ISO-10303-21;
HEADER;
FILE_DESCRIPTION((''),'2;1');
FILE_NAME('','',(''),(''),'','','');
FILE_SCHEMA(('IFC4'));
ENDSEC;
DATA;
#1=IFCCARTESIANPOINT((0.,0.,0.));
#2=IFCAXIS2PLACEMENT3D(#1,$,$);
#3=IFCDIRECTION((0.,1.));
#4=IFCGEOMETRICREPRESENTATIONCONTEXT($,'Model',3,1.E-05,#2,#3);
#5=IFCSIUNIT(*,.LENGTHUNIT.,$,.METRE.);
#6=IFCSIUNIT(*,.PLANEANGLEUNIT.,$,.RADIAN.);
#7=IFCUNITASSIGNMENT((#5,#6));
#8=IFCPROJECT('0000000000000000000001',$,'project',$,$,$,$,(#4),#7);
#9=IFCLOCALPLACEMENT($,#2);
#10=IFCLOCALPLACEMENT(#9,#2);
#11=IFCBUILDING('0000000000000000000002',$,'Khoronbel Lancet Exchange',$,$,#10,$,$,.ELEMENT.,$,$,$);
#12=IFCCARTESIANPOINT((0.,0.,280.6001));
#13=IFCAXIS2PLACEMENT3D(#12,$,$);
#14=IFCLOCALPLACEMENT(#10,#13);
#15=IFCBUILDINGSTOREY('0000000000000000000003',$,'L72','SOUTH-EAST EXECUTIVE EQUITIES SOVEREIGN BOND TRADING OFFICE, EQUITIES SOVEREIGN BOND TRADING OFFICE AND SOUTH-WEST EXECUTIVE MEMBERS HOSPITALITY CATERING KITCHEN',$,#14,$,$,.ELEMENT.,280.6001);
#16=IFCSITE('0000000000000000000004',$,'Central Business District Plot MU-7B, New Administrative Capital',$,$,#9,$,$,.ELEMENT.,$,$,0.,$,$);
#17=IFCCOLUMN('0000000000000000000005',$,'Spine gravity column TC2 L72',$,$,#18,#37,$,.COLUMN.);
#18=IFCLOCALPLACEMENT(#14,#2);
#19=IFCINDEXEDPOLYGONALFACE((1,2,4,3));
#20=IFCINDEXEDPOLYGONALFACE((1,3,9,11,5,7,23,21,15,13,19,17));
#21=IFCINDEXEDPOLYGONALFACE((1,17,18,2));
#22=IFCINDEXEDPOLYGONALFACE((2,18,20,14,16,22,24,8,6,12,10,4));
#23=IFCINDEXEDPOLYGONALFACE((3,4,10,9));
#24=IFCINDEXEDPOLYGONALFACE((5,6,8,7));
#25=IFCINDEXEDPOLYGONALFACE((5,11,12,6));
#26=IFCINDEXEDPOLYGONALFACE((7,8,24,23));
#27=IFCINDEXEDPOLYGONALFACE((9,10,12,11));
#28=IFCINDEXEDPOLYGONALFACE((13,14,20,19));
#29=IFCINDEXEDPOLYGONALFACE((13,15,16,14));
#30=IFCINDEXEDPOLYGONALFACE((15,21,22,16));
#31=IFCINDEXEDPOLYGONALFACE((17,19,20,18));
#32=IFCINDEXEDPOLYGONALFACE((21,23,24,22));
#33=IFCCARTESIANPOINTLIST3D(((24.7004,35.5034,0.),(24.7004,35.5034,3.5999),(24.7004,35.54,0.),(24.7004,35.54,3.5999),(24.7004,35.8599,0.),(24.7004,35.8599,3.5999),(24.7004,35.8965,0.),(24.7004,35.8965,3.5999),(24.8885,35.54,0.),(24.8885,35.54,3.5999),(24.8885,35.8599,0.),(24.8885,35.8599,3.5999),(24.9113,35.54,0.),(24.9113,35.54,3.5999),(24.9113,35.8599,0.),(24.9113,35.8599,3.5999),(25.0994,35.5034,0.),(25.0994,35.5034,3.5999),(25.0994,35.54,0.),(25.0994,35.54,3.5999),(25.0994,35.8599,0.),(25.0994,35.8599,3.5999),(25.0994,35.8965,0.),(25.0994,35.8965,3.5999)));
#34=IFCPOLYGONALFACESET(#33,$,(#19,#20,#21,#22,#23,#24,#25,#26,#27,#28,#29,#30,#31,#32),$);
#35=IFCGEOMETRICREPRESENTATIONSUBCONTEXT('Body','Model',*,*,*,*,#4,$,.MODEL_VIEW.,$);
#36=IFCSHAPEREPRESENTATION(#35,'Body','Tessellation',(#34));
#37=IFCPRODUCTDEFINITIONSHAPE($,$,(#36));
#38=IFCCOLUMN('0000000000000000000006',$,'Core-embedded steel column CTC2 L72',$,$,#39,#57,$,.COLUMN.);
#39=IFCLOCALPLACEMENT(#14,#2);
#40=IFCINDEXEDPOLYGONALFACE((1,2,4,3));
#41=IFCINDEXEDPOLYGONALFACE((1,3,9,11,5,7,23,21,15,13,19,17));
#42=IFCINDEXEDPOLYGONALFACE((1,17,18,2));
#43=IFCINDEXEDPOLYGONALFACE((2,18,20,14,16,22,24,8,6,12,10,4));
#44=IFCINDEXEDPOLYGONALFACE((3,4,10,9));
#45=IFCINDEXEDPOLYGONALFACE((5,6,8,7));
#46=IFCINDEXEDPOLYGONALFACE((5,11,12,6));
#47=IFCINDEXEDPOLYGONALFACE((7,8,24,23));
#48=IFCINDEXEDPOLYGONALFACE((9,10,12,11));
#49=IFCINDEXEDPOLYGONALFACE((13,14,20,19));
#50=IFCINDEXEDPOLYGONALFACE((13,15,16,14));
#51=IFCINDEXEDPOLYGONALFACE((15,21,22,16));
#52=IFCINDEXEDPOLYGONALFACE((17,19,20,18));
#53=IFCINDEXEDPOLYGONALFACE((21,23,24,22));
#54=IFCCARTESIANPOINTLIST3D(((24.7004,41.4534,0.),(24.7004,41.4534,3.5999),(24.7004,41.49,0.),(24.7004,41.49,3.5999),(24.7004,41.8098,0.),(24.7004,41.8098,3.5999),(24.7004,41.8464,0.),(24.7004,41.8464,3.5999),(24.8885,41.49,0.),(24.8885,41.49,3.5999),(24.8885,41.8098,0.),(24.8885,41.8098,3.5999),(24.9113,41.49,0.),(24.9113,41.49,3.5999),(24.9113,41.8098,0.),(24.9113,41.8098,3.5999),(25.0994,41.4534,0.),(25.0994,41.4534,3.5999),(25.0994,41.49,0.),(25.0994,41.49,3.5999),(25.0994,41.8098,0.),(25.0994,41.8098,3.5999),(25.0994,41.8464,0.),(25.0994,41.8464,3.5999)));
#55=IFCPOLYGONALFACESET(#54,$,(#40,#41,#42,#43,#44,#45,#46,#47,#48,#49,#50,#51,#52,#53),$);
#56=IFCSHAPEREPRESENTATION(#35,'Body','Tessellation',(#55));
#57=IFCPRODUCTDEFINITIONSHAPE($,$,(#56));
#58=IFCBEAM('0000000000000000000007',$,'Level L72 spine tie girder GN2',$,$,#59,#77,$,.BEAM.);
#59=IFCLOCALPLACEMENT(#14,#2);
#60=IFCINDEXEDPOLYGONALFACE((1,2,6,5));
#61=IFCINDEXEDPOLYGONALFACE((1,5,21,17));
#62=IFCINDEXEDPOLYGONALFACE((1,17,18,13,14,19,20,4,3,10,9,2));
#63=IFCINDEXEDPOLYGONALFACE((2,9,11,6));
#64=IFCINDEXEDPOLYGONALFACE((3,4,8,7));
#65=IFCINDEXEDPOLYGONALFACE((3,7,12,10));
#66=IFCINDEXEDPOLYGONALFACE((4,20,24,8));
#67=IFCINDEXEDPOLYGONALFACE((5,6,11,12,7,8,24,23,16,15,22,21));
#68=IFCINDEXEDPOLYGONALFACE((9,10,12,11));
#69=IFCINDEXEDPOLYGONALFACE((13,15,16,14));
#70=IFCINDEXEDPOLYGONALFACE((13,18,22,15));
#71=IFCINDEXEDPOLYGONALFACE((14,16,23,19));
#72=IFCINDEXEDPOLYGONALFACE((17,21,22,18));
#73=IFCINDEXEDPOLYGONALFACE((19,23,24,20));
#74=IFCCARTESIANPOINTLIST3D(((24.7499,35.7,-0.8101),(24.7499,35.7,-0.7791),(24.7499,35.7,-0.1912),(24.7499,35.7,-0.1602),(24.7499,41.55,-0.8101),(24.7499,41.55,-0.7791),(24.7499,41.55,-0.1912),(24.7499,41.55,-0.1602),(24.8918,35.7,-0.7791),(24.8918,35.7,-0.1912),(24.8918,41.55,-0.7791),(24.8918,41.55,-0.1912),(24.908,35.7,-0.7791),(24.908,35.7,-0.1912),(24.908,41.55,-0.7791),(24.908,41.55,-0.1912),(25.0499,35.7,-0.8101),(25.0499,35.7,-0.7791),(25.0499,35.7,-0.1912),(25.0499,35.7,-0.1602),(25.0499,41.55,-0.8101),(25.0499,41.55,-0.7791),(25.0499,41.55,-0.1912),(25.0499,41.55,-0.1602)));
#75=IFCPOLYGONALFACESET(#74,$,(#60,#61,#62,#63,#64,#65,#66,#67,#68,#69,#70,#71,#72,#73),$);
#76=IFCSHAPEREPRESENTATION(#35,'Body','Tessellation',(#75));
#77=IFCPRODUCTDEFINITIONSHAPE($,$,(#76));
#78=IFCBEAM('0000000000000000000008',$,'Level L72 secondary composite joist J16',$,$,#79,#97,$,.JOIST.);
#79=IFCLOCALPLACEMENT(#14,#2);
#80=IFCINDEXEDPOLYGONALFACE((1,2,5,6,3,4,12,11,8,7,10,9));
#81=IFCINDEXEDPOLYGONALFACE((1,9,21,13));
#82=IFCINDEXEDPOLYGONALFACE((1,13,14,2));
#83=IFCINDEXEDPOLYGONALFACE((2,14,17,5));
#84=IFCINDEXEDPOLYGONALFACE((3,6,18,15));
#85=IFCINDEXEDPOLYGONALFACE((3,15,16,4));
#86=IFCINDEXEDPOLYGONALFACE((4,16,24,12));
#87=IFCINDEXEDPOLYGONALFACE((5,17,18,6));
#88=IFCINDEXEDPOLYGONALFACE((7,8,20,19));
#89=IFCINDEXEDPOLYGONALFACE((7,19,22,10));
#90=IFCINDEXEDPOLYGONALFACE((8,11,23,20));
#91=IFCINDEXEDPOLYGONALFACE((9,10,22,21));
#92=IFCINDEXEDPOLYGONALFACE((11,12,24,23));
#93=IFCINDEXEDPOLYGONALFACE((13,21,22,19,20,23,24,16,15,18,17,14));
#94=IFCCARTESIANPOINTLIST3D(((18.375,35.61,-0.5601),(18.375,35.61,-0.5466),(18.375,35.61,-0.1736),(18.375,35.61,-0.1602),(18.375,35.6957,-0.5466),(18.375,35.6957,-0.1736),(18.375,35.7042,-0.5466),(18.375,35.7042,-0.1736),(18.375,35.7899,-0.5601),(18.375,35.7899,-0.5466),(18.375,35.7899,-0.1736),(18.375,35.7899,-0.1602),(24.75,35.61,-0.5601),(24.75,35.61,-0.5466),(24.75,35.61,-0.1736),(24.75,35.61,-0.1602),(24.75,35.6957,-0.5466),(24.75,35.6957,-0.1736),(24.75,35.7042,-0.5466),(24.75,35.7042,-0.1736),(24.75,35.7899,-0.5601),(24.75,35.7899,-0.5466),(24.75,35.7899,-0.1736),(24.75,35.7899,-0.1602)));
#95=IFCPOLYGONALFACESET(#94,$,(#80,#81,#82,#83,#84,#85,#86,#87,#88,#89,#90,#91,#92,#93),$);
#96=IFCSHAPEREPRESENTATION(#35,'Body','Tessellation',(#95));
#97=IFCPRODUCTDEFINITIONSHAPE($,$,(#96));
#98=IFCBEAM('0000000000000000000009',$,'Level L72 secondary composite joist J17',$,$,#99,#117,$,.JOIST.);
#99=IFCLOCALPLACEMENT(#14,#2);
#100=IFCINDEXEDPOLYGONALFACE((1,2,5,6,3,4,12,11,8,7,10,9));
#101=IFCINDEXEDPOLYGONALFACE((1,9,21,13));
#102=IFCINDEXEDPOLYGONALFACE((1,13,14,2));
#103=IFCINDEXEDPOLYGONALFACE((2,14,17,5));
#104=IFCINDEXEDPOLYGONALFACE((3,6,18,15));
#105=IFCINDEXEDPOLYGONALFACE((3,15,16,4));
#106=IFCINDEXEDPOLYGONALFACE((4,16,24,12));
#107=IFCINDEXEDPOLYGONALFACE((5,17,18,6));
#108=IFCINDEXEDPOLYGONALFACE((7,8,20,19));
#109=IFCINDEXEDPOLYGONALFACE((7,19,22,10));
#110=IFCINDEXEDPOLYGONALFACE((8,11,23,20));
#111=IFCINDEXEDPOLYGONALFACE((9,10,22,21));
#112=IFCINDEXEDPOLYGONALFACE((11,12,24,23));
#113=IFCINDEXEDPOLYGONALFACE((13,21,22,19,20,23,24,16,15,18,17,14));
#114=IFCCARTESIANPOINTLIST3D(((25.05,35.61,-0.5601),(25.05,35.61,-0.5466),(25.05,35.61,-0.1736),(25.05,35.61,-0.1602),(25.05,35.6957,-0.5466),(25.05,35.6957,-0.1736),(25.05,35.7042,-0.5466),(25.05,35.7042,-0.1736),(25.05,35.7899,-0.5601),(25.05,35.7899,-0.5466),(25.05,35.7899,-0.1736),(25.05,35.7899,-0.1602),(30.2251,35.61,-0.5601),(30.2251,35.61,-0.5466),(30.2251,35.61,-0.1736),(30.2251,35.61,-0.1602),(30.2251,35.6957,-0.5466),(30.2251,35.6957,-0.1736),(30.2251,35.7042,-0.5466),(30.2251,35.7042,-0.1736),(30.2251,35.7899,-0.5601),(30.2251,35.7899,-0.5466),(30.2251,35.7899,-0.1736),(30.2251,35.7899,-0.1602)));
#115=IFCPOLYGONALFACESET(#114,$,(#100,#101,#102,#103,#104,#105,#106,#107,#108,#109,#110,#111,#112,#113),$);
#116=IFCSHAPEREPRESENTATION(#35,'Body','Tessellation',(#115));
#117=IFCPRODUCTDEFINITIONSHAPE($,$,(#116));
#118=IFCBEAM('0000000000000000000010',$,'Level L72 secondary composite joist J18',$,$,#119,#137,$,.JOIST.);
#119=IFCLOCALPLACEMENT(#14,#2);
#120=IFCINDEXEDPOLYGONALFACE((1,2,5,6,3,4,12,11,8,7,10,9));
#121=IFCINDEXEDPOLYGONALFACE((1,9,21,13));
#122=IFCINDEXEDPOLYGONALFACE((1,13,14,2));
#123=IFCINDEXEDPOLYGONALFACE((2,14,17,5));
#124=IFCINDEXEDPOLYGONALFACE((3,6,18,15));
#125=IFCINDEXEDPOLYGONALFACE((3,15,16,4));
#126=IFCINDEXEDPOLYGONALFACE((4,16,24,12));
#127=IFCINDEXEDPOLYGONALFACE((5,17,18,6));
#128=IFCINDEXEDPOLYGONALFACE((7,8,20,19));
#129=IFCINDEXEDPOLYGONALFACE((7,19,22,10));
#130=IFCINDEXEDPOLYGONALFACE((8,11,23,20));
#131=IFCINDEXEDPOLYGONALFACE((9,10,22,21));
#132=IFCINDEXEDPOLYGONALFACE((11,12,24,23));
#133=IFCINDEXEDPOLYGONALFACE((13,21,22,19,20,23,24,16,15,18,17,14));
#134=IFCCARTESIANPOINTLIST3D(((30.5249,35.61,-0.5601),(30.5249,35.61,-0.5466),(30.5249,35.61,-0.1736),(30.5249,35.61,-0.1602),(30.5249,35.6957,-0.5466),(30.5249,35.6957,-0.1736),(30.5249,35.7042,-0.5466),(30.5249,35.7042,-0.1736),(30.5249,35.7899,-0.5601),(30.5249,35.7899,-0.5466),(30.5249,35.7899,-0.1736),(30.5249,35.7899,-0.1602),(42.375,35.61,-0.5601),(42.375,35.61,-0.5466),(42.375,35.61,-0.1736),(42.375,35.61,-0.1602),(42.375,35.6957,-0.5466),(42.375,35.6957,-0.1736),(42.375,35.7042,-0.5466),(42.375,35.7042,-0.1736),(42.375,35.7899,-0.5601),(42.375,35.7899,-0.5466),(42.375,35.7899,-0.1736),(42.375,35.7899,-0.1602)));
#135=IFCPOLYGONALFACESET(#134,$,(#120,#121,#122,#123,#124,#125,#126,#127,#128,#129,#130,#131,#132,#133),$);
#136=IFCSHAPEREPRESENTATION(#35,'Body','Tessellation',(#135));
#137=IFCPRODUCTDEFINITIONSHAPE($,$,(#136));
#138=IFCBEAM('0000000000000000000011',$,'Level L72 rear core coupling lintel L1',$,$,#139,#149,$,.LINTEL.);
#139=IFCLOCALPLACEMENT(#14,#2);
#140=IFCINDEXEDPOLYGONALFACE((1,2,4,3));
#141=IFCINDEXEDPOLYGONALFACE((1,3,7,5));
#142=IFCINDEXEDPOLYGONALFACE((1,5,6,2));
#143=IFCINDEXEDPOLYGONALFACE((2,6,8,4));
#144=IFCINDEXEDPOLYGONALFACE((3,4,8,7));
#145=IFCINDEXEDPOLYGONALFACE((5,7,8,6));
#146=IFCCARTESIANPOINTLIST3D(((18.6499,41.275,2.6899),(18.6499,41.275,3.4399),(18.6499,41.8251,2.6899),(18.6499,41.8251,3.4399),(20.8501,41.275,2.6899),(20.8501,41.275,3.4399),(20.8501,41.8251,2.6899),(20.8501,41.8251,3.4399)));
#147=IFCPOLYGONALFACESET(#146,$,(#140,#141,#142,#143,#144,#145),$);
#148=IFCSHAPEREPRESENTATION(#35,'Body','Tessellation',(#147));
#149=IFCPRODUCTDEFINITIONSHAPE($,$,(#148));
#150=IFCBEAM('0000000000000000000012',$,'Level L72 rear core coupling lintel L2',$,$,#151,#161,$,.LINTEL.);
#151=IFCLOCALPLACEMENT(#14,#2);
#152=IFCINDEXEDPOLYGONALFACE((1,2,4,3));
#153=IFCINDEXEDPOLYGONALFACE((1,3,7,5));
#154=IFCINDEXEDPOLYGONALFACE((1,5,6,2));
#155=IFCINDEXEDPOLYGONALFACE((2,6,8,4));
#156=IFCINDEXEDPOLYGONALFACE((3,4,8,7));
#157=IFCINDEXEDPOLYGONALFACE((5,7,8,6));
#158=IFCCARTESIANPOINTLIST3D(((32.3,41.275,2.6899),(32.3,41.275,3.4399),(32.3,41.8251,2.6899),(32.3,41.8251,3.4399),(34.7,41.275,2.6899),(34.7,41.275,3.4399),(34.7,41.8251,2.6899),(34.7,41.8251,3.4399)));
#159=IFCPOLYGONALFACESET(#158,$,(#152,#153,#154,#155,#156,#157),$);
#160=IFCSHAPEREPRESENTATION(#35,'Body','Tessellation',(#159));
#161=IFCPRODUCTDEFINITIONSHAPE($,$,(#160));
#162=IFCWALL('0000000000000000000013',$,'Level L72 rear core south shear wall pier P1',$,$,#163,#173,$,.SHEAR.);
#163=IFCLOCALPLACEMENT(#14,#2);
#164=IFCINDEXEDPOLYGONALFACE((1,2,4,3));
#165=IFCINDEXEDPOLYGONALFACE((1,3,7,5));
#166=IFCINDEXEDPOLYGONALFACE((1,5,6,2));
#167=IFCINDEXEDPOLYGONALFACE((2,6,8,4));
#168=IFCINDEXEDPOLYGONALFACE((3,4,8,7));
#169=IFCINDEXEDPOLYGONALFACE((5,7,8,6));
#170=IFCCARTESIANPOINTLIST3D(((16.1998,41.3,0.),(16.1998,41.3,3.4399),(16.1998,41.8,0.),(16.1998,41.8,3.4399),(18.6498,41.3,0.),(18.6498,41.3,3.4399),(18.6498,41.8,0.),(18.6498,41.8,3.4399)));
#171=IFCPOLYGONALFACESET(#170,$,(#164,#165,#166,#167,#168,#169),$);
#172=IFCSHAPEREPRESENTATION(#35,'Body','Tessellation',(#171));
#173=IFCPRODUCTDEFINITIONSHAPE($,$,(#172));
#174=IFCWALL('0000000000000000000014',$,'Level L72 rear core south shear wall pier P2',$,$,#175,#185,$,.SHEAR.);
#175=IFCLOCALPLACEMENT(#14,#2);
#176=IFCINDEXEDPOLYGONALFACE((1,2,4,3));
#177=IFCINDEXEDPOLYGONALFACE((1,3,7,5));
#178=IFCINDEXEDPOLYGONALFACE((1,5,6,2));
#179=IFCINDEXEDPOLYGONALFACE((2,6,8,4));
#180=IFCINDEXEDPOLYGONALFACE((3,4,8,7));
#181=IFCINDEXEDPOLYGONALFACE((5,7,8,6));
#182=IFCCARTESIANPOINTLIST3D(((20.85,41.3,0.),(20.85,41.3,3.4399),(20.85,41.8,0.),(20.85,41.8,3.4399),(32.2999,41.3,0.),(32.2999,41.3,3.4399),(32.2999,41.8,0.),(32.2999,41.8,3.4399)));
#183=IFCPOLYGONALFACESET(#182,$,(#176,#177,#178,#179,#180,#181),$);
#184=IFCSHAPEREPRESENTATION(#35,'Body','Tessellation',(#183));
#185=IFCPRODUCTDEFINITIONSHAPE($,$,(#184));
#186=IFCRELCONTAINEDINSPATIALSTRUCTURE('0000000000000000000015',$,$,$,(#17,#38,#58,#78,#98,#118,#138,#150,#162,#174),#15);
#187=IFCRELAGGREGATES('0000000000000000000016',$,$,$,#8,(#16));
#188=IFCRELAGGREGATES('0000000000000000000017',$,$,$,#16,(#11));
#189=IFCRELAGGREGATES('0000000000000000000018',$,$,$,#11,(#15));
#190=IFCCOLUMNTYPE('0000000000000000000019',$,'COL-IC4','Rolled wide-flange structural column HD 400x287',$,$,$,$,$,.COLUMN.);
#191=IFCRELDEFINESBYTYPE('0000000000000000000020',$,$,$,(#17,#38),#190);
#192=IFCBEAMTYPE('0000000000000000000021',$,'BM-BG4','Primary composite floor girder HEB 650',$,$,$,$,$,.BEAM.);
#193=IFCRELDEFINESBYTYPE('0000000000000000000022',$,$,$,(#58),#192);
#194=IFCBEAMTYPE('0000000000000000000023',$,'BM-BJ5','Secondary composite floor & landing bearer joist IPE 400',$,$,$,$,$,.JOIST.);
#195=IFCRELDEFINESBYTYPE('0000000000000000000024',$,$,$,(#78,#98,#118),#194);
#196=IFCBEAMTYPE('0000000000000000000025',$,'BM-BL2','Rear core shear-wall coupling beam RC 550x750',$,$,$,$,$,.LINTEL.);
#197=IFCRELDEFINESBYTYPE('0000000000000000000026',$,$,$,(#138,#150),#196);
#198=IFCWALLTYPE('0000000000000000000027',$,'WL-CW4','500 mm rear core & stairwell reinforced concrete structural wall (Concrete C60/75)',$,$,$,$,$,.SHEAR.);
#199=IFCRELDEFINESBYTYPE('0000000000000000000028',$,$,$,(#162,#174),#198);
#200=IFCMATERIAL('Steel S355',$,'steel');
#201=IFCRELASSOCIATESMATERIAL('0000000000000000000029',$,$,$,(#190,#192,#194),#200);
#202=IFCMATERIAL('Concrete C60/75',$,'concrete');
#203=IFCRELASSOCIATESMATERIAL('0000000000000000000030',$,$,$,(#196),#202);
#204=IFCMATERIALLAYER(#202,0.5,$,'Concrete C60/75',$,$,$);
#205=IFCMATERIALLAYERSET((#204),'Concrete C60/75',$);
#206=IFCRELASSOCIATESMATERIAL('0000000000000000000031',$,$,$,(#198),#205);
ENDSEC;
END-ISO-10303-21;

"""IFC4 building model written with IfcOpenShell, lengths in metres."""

from ifc_helpers import new_model, si_unit, direction, frame, frame_2d, origin, origin_2d, place, context, subcontext, project, spatial, rectangle, i_section, extrude, material, layer, layer_set, material_profile, profile_set, type_object, element, save


model = new_model("IFC4")

# Units and contexts
model_context = context("Model", 3, precision=1e-05, world=origin(), true_north=direction((0.0, 1.0)))
body_context = subcontext(model_context, "Body", "Model", "MODEL_VIEW")
ifc_project = project(units=[si_unit("LENGTHUNIT", "METRE"), si_unit("PLANEANGLEUNIT", "RADIAN")], contexts=[model_context])

# Site, building, storey
site_placement = place(None, origin())
site = spatial("IfcSite", under=ifc_project, at=site_placement, Name="Central Business District Plot MU-7B, New Administrative Capital", CompositionType="ELEMENT", RefElevation=0.0)
building_placement = place(site_placement, origin())
building = spatial("IfcBuilding", under=site, at=building_placement, Name="Khoronbel Lancet Exchange", CompositionType="ELEMENT")
storey_placement = place(building_placement, frame((0.0, 0.0, 280.6001)))
storey = spatial("IfcBuildingStorey", under=building, at=storey_placement, Name="L72", Description="SOUTH-EAST EXECUTIVE EQUITIES SOVEREIGN BOND TRADING OFFICE, EQUITIES SOVEREIGN BOND TRADING OFFICE AND SOUTH-WEST EXECUTIVE MEMBERS HOSPITALITY CATERING KITCHEN", CompositionType="ELEMENT", Elevation=280.6001)

# Columns
ifc_material_1 = material(Name="Steel S355", Category="steel")
ifc_material_profile_1 = material_profile(ifc_material_1, i_section(OverallWidth=0.3989, OverallDepth=0.3931, WebThickness=0.0227, FlangeThickness=0.0366, at=origin_2d()), Name="HD 400x287")
ifc_profile_set_1 = profile_set([ifc_material_profile_1], Name="Steel S355")
column_type = type_object("IfcColumnType", Name="COL-IC4", Description="Rolled wide-flange structural column HD 400x287", PredefinedType="COLUMN", material=ifc_profile_set_1)
for number, where, z_axis, x_axis, name in (
    (1, (24.8999, 35.7, 0.0), (0.0, 0.0, 1.0), (1.0, 0.0, 0.0), "Spine gravity column TC2 L72"),
    (2, (24.8999, 41.6499, 0.0), (0.0, 0.0, 1.0), (1.0, 0.0, 0.0), "Core-embedded steel column CTC2 L72"),
):
    element("IfcColumn", number, at=place(storey_placement, frame(where, z_axis=z_axis, x_axis=x_axis)), inside=storey, type_object=column_type, Name=name, PredefinedType="COLUMN", context=body_context, shape_type="SweptSolid", body=[
        extrude(i_section(OverallWidth=0.3989, OverallDepth=0.3931, WebThickness=0.0227, FlangeThickness=0.0366, at=origin_2d()), origin(), (0.0, 0.0, 1.0), 3.5999),
    ])

# Beams
ifc_material_profile_2 = material_profile(ifc_material_1, i_section(OverallWidth=0.3, OverallDepth=0.6499, WebThickness=0.0161, FlangeThickness=0.031, at=origin_2d()), Name="HEB 650")
ifc_profile_set_2 = profile_set([ifc_material_profile_2], Name="Steel S355")
beam_type_1 = type_object("IfcBeamType", Name="BM-BG4", Description="Primary composite floor girder HEB 650", PredefinedType="BEAM", material=ifc_profile_set_2)
beam_1_placement = place(storey_placement, frame((24.8999, 35.7, -0.4851), z_axis=(0.0, 1.0, 0.0), x_axis=(-1.0, 0.0, 0.0)))
element("IfcBeam", 3, at=beam_1_placement, inside=storey, type_object=beam_type_1, Name="Level L72 spine tie girder GN2", PredefinedType="BEAM", context=body_context, shape_type="SweptSolid", body=[
    extrude(i_section(OverallWidth=0.3, OverallDepth=0.6499, WebThickness=0.0161, FlangeThickness=0.031, at=origin_2d()), origin(), (0.0, 0.0, 1.0), 5.8501),
])
ifc_material_profile_3 = material_profile(ifc_material_1, i_section(OverallWidth=0.1799, OverallDepth=0.3999, WebThickness=0.0085, FlangeThickness=0.0134, at=origin_2d()), Name="IPE 400")
ifc_profile_set_3 = profile_set([ifc_material_profile_3], Name="Steel S355")
beam_type_2 = type_object("IfcBeamType", Name="BM-BJ5", Description="Secondary composite floor & landing bearer joist IPE 400", PredefinedType="JOIST", material=ifc_profile_set_3)
beam_2_placement = place(storey_placement, frame((18.375, 35.7, -0.3601), z_axis=(1.0, 0.0, 0.0), x_axis=(0.0, 1.0, 0.0)))
element("IfcBeam", 4, at=beam_2_placement, inside=storey, type_object=beam_type_2, Name="Level L72 secondary composite joist J16", PredefinedType="JOIST", context=body_context, shape_type="SweptSolid", body=[
    extrude(i_section(OverallWidth=0.1799, OverallDepth=0.3999, WebThickness=0.0085, FlangeThickness=0.0134, at=origin_2d()), origin(), (0.0, 0.0, 1.0), 6.375),
])
beam_3_placement = place(storey_placement, frame((25.05, 35.7, -0.3601), z_axis=(1.0, 0.0, 0.0), x_axis=(0.0, 1.0, 0.0)))
element("IfcBeam", 5, at=beam_3_placement, inside=storey, type_object=beam_type_2, Name="Level L72 secondary composite joist J17", PredefinedType="JOIST", context=body_context, shape_type="SweptSolid", body=[
    extrude(i_section(OverallWidth=0.1799, OverallDepth=0.3999, WebThickness=0.0085, FlangeThickness=0.0134, at=origin_2d()), origin(), (0.0, 0.0, 1.0), 5.175),
])
beam_4_placement = place(storey_placement, frame((30.5249, 35.7, -0.3601), z_axis=(1.0, 0.0, 0.0), x_axis=(0.0, 1.0, 0.0)))
element("IfcBeam", 6, at=beam_4_placement, inside=storey, type_object=beam_type_2, Name="Level L72 secondary composite joist J18", PredefinedType="JOIST", context=body_context, shape_type="SweptSolid", body=[
    extrude(i_section(OverallWidth=0.1799, OverallDepth=0.3999, WebThickness=0.0085, FlangeThickness=0.0134, at=origin_2d()), origin(), (0.0, 0.0, 1.0), 11.8501),
])
ifc_material_2 = material(Name="Concrete C60/75", Category="concrete")
ifc_material_profile_4 = material_profile(ifc_material_2, rectangle(XDim=0.55, YDim=0.75, at=origin_2d()), Name="RC 550x750")
ifc_profile_set_4 = profile_set([ifc_material_profile_4], Name="Concrete C60/75")
beam_type_3 = type_object("IfcBeamType", Name="BM-BL2", Description="Rear core shear-wall coupling beam RC 550x750", PredefinedType="LINTEL", material=ifc_profile_set_4)
beam_5_placement = place(storey_placement, frame((18.6499, 41.55, 3.0649), z_axis=(1.0, 0.0, 0.0), x_axis=(0.0, 1.0, 0.0)))
element("IfcBeam", 7, at=beam_5_placement, inside=storey, type_object=beam_type_3, Name="Level L72 rear core coupling lintel L1", PredefinedType="LINTEL", context=body_context, shape_type="SweptSolid", body=[
    extrude(rectangle(XDim=0.55, YDim=0.75, at=origin_2d()), origin(), (0.0, 0.0, 1.0), 2.2002),
])
beam_6_placement = place(storey_placement, frame((32.3, 41.55, 3.0649), z_axis=(1.0, 0.0, 0.0), x_axis=(0.0, 1.0, 0.0)))
element("IfcBeam", 8, at=beam_6_placement, inside=storey, type_object=beam_type_3, Name="Level L72 rear core coupling lintel L2", PredefinedType="LINTEL", context=body_context, shape_type="SweptSolid", body=[
    extrude(rectangle(XDim=0.55, YDim=0.75, at=origin_2d()), origin(), (0.0, 0.0, 1.0), 2.3999),
])

# Walls
ifc_layer_1 = layer(ifc_material_2, 0.5, Name="Concrete C60/75")
ifc_layer_set_1 = layer_set([ifc_layer_1], Name="Concrete C60/75")
wall_type_1 = type_object("IfcWallType", Name="WL-CW4", Description="500 mm rear core & stairwell reinforced concrete structural wall (Concrete C60/75)", PredefinedType="SHEAR", material=ifc_layer_set_1)
wall_1_placement = place(storey_placement, frame((18.6499, 41.55, 0.0), z_axis=(0.0, 0.0, 1.0), x_axis=(-1.0, 0.0, 0.0)))
element("IfcWall", 9, at=wall_1_placement, inside=storey, type_object=wall_type_1, Name="Level L72 rear core south shear wall pier P1", PredefinedType="SHEAR", context=body_context, shape_type="SweptSolid", body=[
    extrude(rectangle(XDim=2.45, YDim=0.5, at=frame_2d((1.2251, 0.0))), origin(), (0.0, 0.0, 1.0), 3.4399),
])
wall_2_placement = place(storey_placement, frame((32.3, 41.55, 0.0), z_axis=(0.0, 0.0, 1.0), x_axis=(-1.0, 0.0, 0.0)))
element("IfcWall", 10, at=wall_2_placement, inside=storey, type_object=wall_type_1, Name="Level L72 rear core south shear wall pier P2", PredefinedType="SHEAR", context=body_context, shape_type="SweptSolid", body=[
    extrude(rectangle(XDim=11.45, YDim=0.5, at=frame_2d((5.7251, 0.0))), origin(), (0.0, 0.0, 1.0), 3.4399),
])

save(model, "model.ifc")
